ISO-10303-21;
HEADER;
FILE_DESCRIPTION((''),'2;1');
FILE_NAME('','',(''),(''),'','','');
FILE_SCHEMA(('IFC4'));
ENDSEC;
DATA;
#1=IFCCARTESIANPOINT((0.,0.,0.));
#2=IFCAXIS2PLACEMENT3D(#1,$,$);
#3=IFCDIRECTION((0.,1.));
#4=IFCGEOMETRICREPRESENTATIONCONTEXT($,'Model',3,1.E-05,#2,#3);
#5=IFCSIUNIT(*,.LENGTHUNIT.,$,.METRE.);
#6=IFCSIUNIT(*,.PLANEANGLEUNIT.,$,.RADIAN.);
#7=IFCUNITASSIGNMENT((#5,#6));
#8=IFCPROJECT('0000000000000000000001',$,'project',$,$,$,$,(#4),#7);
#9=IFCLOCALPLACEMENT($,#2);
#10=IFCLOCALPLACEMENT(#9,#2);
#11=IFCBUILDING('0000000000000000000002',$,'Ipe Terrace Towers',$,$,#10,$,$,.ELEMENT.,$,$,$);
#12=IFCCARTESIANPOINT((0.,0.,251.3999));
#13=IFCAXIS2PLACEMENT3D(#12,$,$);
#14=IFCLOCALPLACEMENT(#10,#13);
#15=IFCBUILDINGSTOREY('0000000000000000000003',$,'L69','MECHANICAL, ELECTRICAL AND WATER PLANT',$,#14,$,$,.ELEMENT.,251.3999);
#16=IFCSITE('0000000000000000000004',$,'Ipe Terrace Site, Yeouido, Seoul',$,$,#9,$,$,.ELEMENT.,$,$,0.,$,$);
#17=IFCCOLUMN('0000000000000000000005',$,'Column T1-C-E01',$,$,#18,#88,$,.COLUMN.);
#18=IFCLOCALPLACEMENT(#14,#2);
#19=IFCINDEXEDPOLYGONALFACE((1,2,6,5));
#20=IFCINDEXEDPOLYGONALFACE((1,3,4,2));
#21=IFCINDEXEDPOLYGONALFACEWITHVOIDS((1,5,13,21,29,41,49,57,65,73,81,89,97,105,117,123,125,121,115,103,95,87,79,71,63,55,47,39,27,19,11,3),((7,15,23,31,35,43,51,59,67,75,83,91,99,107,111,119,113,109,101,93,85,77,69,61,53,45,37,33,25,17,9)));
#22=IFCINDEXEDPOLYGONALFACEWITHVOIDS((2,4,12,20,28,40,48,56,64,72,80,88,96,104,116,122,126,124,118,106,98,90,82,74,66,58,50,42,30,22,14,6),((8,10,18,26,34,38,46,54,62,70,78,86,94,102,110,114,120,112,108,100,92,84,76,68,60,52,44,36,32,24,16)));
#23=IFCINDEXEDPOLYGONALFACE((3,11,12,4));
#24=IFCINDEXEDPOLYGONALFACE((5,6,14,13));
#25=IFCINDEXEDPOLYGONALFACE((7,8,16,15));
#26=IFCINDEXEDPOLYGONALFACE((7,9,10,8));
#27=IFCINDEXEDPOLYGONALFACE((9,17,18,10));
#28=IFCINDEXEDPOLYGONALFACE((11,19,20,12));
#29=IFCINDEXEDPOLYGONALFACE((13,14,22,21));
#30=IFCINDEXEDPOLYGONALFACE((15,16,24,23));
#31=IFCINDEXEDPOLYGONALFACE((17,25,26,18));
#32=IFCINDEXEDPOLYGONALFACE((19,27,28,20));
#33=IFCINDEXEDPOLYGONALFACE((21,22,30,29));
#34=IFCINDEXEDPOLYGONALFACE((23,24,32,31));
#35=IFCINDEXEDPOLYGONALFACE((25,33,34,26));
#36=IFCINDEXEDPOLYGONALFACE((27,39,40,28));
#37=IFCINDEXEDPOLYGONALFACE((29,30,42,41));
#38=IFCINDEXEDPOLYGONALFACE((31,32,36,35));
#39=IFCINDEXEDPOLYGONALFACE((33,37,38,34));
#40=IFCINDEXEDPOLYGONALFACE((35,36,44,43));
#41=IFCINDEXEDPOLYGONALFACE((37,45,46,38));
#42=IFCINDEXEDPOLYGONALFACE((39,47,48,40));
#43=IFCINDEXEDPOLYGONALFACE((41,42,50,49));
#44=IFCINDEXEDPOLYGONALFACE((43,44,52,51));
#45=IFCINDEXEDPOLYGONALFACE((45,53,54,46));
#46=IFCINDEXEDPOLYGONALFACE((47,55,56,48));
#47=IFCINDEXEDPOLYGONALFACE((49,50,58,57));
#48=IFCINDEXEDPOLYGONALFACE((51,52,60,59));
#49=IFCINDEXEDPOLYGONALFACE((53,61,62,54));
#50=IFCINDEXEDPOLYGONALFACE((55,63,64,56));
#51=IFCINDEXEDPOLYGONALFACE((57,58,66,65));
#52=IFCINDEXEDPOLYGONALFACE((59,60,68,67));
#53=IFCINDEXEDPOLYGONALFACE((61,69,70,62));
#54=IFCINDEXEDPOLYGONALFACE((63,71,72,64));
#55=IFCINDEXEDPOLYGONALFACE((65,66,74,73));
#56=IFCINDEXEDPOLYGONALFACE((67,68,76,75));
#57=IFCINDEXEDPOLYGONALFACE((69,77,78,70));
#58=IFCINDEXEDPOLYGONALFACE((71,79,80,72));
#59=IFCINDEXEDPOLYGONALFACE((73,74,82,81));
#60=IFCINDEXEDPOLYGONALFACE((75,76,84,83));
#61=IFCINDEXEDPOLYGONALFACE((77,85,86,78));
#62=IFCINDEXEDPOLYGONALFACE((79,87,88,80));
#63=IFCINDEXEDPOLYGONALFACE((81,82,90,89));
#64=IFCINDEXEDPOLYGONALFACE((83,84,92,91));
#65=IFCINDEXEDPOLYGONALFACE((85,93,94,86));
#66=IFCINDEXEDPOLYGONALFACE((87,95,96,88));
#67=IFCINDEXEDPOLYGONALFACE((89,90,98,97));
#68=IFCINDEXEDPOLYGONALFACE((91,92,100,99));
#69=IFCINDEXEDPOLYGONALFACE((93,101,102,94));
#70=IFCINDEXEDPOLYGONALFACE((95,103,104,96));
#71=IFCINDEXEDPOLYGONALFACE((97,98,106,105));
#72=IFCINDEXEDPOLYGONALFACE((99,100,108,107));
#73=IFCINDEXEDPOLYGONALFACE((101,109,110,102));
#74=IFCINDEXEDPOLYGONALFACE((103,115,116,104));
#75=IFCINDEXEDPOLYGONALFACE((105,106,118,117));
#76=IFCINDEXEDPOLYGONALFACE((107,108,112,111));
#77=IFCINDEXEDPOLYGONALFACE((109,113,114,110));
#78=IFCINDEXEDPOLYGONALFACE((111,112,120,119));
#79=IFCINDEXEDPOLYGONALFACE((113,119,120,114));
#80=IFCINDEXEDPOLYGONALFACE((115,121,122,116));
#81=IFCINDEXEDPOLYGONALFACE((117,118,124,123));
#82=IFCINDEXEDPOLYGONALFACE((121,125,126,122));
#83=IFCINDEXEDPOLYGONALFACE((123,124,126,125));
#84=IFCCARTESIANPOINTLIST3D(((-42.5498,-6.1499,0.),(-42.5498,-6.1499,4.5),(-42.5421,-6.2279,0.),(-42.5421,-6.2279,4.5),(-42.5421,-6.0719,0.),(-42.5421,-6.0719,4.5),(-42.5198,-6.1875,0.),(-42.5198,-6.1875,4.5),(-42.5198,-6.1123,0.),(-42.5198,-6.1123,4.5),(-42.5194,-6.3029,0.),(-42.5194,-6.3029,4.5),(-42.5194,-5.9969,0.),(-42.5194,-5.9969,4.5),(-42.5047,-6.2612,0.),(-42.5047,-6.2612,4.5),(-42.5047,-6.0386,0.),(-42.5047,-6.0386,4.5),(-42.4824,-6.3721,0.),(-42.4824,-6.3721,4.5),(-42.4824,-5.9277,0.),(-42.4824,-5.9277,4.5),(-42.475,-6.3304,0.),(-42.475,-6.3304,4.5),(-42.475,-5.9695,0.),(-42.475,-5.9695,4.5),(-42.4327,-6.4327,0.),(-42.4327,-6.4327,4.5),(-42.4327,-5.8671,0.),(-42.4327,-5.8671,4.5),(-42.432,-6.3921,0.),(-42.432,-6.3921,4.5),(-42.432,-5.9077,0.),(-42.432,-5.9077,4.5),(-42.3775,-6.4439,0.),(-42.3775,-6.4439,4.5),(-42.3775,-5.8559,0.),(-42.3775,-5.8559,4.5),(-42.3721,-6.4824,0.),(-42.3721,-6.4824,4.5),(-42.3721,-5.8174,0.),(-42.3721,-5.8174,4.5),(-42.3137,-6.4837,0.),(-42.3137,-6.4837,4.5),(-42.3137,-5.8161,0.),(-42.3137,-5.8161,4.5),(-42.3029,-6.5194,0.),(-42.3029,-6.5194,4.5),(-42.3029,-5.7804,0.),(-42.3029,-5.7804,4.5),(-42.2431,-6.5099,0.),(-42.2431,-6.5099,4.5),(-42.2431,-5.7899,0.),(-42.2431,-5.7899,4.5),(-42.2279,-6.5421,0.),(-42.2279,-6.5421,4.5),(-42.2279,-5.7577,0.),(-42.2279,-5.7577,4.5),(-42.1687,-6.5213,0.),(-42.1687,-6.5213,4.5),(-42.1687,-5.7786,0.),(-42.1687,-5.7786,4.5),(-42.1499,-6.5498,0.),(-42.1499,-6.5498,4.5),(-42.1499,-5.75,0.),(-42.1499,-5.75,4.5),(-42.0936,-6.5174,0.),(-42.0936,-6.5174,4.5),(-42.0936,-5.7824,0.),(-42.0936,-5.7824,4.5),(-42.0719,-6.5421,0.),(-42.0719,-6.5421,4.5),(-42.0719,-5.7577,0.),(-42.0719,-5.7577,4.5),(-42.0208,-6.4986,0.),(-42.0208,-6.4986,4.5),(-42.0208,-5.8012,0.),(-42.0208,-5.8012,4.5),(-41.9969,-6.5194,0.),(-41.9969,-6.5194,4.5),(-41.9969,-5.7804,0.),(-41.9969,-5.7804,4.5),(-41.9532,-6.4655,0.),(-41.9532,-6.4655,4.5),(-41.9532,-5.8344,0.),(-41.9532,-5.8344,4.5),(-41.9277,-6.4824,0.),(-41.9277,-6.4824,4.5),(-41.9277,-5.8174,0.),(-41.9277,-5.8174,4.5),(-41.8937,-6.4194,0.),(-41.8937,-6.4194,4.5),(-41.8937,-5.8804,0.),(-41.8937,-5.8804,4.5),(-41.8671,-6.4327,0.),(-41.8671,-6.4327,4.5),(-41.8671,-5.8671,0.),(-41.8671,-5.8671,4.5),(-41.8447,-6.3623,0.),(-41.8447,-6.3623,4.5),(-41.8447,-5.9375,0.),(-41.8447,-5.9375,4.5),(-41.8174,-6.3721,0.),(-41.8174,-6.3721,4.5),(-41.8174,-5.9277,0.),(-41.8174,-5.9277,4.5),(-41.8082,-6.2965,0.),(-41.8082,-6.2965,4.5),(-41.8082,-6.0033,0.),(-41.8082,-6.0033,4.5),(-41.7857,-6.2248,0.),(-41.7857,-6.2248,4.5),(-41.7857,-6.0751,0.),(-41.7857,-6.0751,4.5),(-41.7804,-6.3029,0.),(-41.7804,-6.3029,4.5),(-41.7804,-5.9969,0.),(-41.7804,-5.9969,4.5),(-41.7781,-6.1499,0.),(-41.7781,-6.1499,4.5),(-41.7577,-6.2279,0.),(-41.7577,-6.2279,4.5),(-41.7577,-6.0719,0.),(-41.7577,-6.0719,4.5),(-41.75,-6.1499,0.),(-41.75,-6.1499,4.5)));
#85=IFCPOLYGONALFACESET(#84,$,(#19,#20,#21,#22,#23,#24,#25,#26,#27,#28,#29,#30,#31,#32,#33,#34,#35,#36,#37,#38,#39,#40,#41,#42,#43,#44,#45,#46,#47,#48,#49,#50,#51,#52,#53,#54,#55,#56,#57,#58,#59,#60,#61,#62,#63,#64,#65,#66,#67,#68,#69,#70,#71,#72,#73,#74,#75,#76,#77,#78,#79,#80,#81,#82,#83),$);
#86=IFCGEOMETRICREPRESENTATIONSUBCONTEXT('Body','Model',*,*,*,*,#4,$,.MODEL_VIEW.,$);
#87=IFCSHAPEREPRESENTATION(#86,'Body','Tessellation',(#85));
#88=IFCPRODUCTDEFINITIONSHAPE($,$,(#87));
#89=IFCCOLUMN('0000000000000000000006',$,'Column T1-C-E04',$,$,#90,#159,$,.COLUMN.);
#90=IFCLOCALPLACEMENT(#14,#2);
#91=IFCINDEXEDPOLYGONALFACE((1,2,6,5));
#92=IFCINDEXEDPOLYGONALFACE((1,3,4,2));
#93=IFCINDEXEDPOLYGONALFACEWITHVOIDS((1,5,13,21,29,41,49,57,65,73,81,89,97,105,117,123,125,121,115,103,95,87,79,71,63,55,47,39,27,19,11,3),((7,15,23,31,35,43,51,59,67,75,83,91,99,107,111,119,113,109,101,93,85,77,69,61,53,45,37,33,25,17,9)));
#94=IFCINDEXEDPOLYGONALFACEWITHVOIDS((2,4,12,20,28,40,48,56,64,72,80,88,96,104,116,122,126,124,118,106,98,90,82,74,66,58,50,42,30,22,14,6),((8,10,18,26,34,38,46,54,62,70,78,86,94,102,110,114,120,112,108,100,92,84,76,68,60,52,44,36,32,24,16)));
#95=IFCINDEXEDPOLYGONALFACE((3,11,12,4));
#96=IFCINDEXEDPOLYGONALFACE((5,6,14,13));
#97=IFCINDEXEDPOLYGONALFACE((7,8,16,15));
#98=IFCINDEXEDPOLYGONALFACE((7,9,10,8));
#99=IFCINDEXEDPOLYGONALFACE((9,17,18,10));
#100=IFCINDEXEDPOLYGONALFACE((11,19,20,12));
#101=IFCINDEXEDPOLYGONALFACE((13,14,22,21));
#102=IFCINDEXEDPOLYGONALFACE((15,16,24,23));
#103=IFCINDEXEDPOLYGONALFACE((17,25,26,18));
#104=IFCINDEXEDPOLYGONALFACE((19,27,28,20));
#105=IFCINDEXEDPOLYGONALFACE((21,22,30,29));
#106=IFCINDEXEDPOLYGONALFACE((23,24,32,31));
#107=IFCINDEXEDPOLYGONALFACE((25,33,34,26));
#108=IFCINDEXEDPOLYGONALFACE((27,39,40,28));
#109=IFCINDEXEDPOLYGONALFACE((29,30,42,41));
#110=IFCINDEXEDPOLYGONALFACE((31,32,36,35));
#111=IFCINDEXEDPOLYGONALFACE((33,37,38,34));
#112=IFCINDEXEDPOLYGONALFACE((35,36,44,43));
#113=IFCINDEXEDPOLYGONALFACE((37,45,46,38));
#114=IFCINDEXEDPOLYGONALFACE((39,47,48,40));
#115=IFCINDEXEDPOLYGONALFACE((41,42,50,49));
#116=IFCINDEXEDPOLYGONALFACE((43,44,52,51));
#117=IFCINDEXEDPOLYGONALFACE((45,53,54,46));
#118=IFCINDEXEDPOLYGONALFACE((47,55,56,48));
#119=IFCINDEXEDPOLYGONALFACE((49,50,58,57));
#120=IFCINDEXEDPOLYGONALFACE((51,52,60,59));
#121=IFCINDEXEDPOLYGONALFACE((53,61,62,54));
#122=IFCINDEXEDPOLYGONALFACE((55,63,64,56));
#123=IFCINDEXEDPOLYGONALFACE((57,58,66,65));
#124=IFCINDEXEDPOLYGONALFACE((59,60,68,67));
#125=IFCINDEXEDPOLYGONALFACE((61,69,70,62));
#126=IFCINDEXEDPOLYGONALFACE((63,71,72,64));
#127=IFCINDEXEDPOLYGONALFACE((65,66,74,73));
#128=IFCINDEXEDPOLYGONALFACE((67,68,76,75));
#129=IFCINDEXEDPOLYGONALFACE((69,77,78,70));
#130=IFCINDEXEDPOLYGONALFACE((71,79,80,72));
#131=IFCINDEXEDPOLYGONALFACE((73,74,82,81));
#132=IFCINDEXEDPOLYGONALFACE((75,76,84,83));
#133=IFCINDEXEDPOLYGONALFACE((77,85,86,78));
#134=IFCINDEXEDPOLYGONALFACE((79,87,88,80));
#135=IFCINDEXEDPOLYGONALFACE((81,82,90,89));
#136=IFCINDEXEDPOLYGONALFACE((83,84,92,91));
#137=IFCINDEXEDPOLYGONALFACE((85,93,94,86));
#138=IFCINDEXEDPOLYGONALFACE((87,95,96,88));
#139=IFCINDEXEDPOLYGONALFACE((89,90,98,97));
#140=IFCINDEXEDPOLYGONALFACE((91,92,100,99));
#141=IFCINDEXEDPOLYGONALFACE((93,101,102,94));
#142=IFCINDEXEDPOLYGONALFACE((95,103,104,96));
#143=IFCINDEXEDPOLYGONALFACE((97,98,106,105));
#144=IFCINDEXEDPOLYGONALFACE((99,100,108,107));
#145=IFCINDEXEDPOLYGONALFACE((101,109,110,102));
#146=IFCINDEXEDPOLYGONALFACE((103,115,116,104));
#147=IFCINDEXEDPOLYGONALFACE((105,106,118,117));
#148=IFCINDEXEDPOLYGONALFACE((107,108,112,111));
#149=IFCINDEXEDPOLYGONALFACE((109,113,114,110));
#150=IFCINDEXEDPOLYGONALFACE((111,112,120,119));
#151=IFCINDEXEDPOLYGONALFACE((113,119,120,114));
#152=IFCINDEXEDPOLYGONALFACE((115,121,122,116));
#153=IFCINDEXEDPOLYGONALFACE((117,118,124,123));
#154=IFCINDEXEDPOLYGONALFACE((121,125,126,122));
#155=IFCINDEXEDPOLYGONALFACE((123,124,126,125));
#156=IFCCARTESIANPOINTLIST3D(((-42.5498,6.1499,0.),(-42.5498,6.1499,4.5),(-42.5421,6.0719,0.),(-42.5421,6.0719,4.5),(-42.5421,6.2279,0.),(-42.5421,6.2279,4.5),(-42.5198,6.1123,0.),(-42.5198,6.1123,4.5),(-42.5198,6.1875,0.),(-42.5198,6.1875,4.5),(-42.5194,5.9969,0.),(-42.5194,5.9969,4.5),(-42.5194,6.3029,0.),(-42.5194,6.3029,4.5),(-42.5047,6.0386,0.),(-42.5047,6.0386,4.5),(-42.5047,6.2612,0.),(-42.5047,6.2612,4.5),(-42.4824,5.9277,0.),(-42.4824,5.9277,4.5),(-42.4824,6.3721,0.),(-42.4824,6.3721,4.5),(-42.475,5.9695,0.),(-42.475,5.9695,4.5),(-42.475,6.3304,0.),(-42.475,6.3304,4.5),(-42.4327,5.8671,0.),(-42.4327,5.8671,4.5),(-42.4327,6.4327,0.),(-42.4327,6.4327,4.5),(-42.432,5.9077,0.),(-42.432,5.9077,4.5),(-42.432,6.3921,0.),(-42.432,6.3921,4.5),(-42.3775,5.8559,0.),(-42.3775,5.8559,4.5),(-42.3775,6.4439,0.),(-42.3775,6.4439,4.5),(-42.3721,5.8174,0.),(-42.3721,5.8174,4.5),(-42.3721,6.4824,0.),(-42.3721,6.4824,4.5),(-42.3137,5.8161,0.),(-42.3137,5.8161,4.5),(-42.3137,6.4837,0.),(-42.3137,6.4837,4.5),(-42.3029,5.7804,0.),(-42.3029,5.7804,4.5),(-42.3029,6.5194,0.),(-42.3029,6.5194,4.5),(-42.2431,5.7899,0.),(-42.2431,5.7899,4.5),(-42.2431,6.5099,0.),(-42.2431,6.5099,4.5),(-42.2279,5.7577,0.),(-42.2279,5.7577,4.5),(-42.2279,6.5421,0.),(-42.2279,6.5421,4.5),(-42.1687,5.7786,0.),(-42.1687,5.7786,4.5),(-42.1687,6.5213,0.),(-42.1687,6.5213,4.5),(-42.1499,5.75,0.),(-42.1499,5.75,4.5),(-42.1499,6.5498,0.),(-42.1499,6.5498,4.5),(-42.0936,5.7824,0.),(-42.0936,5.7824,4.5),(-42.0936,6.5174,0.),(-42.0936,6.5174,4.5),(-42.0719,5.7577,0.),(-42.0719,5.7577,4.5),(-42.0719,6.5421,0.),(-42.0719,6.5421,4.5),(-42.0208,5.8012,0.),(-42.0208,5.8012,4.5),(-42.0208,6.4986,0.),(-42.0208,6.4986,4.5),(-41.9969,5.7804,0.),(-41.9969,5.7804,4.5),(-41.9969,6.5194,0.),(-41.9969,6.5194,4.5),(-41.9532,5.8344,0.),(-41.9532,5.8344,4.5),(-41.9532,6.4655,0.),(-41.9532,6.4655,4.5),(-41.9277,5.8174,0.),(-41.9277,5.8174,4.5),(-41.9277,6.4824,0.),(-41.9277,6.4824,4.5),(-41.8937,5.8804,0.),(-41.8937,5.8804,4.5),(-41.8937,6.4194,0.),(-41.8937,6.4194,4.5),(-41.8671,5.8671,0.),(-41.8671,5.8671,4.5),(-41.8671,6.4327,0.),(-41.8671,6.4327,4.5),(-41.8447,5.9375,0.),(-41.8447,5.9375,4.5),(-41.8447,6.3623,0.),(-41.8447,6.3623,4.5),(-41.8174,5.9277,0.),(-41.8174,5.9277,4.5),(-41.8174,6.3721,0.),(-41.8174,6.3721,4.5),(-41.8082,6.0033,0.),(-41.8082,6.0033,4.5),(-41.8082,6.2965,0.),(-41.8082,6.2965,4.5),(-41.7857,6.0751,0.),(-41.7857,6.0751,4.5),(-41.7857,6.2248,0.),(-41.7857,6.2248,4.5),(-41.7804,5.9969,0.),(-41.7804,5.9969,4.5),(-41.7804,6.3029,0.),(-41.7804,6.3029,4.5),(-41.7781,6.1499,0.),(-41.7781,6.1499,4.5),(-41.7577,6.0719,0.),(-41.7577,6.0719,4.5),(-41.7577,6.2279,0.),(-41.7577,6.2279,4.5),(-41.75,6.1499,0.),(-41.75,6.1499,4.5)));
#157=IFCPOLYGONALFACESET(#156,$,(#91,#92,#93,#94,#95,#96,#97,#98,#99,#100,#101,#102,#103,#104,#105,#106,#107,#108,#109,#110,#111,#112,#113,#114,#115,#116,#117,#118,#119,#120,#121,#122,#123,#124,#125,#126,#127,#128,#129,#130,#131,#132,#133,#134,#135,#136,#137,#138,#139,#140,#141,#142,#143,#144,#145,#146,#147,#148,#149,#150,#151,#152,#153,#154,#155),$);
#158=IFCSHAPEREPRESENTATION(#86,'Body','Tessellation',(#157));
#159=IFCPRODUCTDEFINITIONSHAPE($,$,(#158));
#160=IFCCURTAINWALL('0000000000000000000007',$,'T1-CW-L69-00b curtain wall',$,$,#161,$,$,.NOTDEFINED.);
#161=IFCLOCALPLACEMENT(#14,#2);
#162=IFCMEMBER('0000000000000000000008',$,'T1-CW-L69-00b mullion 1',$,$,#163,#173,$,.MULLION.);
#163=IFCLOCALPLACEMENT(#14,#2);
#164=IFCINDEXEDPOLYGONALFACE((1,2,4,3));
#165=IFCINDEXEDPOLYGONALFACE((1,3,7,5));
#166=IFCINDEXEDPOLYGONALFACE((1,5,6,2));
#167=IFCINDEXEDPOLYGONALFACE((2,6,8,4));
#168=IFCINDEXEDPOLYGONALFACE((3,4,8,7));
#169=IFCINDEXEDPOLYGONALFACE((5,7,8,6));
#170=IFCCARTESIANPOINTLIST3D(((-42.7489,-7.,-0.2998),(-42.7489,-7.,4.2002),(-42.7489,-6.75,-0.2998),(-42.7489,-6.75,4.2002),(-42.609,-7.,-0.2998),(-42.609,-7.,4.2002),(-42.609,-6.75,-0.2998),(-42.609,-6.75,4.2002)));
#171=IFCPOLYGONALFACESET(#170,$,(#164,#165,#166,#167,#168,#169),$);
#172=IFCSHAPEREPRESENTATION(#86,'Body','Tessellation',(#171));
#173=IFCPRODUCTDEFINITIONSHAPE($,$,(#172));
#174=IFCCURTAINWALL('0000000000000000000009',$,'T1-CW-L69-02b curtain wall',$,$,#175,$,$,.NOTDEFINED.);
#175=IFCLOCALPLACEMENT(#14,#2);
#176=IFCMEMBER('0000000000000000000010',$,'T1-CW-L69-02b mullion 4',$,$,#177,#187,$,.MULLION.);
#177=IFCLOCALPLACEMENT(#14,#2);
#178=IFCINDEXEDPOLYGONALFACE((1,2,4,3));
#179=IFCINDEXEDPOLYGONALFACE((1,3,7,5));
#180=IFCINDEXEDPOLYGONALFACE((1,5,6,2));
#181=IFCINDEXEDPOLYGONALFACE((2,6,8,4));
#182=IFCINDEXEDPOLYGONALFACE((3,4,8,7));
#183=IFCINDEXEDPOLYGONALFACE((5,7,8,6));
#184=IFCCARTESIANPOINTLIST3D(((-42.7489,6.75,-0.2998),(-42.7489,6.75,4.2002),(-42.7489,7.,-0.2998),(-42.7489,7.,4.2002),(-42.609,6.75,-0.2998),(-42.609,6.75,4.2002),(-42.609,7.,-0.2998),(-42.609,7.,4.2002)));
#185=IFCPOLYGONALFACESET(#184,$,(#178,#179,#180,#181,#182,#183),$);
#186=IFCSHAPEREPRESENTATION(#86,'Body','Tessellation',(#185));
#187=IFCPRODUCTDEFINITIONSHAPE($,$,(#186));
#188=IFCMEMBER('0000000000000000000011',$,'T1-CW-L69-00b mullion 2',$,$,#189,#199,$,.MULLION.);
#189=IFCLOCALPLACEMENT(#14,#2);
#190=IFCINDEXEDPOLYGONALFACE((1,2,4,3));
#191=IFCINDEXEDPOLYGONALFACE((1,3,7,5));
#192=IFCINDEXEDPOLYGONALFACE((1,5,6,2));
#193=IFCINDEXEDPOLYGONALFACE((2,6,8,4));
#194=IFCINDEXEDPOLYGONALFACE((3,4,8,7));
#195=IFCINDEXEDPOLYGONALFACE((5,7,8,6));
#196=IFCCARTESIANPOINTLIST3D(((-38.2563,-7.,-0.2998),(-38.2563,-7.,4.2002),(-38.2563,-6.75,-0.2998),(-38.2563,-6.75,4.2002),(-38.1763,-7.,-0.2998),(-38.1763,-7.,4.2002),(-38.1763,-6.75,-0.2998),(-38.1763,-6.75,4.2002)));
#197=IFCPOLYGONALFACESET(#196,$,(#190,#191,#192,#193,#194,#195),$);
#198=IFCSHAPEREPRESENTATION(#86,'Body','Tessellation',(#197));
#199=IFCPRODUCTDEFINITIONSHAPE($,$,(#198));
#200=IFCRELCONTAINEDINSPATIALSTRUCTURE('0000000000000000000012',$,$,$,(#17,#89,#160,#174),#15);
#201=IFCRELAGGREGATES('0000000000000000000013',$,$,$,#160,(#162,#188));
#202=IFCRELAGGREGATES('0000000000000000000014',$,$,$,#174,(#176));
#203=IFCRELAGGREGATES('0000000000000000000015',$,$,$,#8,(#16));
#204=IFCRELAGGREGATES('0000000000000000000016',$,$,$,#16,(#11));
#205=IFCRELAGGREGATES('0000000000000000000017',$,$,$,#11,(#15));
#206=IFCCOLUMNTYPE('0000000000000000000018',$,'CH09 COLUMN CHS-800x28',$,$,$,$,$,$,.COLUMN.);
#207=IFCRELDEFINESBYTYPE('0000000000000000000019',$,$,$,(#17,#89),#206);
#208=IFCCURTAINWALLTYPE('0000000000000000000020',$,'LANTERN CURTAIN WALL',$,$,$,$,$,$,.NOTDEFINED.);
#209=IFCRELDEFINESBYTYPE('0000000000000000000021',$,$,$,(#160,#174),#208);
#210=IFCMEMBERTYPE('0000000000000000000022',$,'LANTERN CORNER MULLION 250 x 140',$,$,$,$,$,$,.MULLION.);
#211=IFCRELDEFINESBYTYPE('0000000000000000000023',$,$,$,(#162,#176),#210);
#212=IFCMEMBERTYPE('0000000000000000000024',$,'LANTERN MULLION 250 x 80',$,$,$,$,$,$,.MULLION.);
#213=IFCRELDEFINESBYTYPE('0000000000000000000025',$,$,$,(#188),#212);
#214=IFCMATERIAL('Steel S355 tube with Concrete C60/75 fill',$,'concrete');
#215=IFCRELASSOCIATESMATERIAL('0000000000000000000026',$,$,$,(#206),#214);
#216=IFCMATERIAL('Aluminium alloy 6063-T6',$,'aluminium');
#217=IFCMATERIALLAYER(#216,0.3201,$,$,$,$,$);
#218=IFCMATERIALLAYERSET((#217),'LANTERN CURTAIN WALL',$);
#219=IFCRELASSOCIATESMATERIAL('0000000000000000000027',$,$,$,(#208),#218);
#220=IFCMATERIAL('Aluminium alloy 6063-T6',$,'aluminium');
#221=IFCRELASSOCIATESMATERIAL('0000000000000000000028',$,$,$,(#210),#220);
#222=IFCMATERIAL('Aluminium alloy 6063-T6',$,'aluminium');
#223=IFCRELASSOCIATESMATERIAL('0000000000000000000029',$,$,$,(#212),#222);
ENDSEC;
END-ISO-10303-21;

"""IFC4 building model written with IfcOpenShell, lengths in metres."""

from ifc_helpers import new_model, si_unit, direction, frame, origin, origin_2d, place, context, subcontext, project, spatial, rectangle, hollow_circle, extrude, material, layer, layer_set, material_profile, profile_set, type_object, element, aggregate, save


model = new_model("IFC4")

# Units and contexts
model_context = context("Model", 3, precision=1e-05, world=origin(), true_north=direction((0.0, 1.0)))
body_context = subcontext(model_context, "Body", "Model", "MODEL_VIEW")
ifc_project = project(units=[si_unit("LENGTHUNIT", "METRE"), si_unit("PLANEANGLEUNIT", "RADIAN")], contexts=[model_context])

# Site, building, storey
site_placement = place(None, origin())
site = spatial("IfcSite", under=ifc_project, at=site_placement, Name="Ipe Terrace Site, Yeouido, Seoul", CompositionType="ELEMENT", RefElevation=0.0)
building_placement = place(site_placement, origin())
building = spatial("IfcBuilding", under=site, at=building_placement, Name="Ipe Terrace Towers", CompositionType="ELEMENT")
storey_placement = place(building_placement, frame((0.0, 0.0, 251.3999)))
storey = spatial("IfcBuildingStorey", under=building, at=storey_placement, Name="L69", Description="MECHANICAL, ELECTRICAL AND WATER PLANT", CompositionType="ELEMENT", Elevation=251.3999)

# Columns
ifc_material_1 = material(Name="Steel S355 tube with Concrete C60/75 fill", Category="concrete")
ifc_material_profile_1 = material_profile(ifc_material_1, hollow_circle(Radius=0.3999, WallThickness=0.0281, at=origin_2d()), Name="CHS-800x28")
ifc_profile_set_1 = profile_set([ifc_material_profile_1], Name="Steel S355 tube with Concrete C60/75 fill")
column_type = type_object("IfcColumnType", Name="CH09 COLUMN CHS-800x28", PredefinedType="COLUMN", material=ifc_profile_set_1)
for number, where, z_axis, x_axis, name in (
    (1, (-42.1499, -6.1499, 0.0), (0.0, 0.0, 1.0), (1.0, 0.0, 0.0), "Column T1-C-E01"),
    (2, (-42.1499, 6.1499, 0.0), (0.0, 0.0, 1.0), (1.0, 0.0, 0.0), "Column T1-C-E04"),
):
    element("IfcColumn", number, at=place(storey_placement, frame(where, z_axis=z_axis, x_axis=x_axis)), inside=storey, type_object=column_type, Name=name, PredefinedType="COLUMN", context=body_context, shape_type="SweptSolid", body=[
        extrude(hollow_circle(Radius=0.3999, WallThickness=0.0281, at=origin_2d()), origin(), (0.0, 0.0, 1.0), 4.5),
    ])

# Curtain walls, members
ifc_material_2 = material(Name="Aluminium alloy 6063-T6", Category="aluminium")
ifc_layer_1 = layer(ifc_material_2, 0.3201)
ifc_layer_set_1 = layer_set([ifc_layer_1], Name="LANTERN CURTAIN WALL")
curtain_wall_type = type_object("IfcCurtainWallType", Name="LANTERN CURTAIN WALL", PredefinedType="NOTDEFINED", material=ifc_layer_set_1)
curtain_wall_1_placement = place(storey_placement, origin())
curtain_wall_1 = element("IfcCurtainWall", 3, at=curtain_wall_1_placement, inside=storey, type_object=curtain_wall_type, Name="T1-CW-L69-00b curtain wall", PredefinedType="NOTDEFINED")
ifc_material_3 = material(Name="Aluminium alloy 6063-T6", Category="aluminium")
ifc_material_profile_2 = material_profile(ifc_material_3, rectangle(XDim=0.25, YDim=0.1399, at=origin_2d()), Name="LANTERN CORNER MULLION 250 x 140")
ifc_profile_set_2 = profile_set([ifc_material_profile_2], Name="Aluminium alloy 6063-T6")
member_type_1 = type_object("IfcMemberType", Name="LANTERN CORNER MULLION 250 x 140", PredefinedType="MULLION", material=ifc_profile_set_2)
member_1_placement = place(storey_placement, frame((-42.679, -6.875, -0.2998), z_axis=(0.0, 0.0, 1.0), x_axis=(0.0, -1.0, 0.0)))
member_1 = element("IfcMember", 4, at=member_1_placement, type_object=member_type_1, Name="T1-CW-L69-00b mullion 1", PredefinedType="MULLION", context=body_context, shape_type="SweptSolid", body=[
    extrude(rectangle(XDim=0.25, YDim=0.1399, at=origin_2d()), origin(), (0.0, 0.0, 1.0), 4.5),
])
curtain_wall_2_placement = place(storey_placement, origin())
curtain_wall_2 = element("IfcCurtainWall", 5, at=curtain_wall_2_placement, inside=storey, type_object=curtain_wall_type, Name="T1-CW-L69-02b curtain wall", PredefinedType="NOTDEFINED")
member_2_placement = place(storey_placement, frame((-42.679, 6.875, -0.2998), z_axis=(0.0, 0.0, 1.0), x_axis=(0.0, 1.0, 0.0)))
member_2 = element("IfcMember", 6, at=member_2_placement, type_object=member_type_1, Name="T1-CW-L69-02b mullion 4", PredefinedType="MULLION", context=body_context, shape_type="SweptSolid", body=[
    extrude(rectangle(XDim=0.25, YDim=0.1399, at=origin_2d()), origin(), (0.0, 0.0, 1.0), 4.5),
])

# Member
ifc_material_4 = material(Name="Aluminium alloy 6063-T6", Category="aluminium")
ifc_material_profile_3 = material_profile(ifc_material_4, rectangle(XDim=0.25, YDim=0.0801, at=origin_2d()), Name="LANTERN MULLION 250 x 80")
ifc_profile_set_3 = profile_set([ifc_material_profile_3], Name="Aluminium alloy 6063-T6")
member_type_2 = type_object("IfcMemberType", Name="LANTERN MULLION 250 x 80", PredefinedType="MULLION", material=ifc_profile_set_3)
member_3_placement = place(storey_placement, frame((-38.2163, -6.875, -0.2998), z_axis=(0.0, 0.0, 1.0), x_axis=(0.0, -1.0, 0.0)))
member_3 = element("IfcMember", 7, at=member_3_placement, type_object=member_type_2, Name="T1-CW-L69-00b mullion 2", PredefinedType="MULLION", context=body_context, shape_type="SweptSolid", body=[
    extrude(rectangle(XDim=0.25, YDim=0.0801, at=origin_2d()), origin(), (0.0, 0.0, 1.0), 4.5),
])

aggregate(curtain_wall_1, [member_1, member_3])
aggregate(curtain_wall_2, [member_2])

save(model, "model.ifc")
